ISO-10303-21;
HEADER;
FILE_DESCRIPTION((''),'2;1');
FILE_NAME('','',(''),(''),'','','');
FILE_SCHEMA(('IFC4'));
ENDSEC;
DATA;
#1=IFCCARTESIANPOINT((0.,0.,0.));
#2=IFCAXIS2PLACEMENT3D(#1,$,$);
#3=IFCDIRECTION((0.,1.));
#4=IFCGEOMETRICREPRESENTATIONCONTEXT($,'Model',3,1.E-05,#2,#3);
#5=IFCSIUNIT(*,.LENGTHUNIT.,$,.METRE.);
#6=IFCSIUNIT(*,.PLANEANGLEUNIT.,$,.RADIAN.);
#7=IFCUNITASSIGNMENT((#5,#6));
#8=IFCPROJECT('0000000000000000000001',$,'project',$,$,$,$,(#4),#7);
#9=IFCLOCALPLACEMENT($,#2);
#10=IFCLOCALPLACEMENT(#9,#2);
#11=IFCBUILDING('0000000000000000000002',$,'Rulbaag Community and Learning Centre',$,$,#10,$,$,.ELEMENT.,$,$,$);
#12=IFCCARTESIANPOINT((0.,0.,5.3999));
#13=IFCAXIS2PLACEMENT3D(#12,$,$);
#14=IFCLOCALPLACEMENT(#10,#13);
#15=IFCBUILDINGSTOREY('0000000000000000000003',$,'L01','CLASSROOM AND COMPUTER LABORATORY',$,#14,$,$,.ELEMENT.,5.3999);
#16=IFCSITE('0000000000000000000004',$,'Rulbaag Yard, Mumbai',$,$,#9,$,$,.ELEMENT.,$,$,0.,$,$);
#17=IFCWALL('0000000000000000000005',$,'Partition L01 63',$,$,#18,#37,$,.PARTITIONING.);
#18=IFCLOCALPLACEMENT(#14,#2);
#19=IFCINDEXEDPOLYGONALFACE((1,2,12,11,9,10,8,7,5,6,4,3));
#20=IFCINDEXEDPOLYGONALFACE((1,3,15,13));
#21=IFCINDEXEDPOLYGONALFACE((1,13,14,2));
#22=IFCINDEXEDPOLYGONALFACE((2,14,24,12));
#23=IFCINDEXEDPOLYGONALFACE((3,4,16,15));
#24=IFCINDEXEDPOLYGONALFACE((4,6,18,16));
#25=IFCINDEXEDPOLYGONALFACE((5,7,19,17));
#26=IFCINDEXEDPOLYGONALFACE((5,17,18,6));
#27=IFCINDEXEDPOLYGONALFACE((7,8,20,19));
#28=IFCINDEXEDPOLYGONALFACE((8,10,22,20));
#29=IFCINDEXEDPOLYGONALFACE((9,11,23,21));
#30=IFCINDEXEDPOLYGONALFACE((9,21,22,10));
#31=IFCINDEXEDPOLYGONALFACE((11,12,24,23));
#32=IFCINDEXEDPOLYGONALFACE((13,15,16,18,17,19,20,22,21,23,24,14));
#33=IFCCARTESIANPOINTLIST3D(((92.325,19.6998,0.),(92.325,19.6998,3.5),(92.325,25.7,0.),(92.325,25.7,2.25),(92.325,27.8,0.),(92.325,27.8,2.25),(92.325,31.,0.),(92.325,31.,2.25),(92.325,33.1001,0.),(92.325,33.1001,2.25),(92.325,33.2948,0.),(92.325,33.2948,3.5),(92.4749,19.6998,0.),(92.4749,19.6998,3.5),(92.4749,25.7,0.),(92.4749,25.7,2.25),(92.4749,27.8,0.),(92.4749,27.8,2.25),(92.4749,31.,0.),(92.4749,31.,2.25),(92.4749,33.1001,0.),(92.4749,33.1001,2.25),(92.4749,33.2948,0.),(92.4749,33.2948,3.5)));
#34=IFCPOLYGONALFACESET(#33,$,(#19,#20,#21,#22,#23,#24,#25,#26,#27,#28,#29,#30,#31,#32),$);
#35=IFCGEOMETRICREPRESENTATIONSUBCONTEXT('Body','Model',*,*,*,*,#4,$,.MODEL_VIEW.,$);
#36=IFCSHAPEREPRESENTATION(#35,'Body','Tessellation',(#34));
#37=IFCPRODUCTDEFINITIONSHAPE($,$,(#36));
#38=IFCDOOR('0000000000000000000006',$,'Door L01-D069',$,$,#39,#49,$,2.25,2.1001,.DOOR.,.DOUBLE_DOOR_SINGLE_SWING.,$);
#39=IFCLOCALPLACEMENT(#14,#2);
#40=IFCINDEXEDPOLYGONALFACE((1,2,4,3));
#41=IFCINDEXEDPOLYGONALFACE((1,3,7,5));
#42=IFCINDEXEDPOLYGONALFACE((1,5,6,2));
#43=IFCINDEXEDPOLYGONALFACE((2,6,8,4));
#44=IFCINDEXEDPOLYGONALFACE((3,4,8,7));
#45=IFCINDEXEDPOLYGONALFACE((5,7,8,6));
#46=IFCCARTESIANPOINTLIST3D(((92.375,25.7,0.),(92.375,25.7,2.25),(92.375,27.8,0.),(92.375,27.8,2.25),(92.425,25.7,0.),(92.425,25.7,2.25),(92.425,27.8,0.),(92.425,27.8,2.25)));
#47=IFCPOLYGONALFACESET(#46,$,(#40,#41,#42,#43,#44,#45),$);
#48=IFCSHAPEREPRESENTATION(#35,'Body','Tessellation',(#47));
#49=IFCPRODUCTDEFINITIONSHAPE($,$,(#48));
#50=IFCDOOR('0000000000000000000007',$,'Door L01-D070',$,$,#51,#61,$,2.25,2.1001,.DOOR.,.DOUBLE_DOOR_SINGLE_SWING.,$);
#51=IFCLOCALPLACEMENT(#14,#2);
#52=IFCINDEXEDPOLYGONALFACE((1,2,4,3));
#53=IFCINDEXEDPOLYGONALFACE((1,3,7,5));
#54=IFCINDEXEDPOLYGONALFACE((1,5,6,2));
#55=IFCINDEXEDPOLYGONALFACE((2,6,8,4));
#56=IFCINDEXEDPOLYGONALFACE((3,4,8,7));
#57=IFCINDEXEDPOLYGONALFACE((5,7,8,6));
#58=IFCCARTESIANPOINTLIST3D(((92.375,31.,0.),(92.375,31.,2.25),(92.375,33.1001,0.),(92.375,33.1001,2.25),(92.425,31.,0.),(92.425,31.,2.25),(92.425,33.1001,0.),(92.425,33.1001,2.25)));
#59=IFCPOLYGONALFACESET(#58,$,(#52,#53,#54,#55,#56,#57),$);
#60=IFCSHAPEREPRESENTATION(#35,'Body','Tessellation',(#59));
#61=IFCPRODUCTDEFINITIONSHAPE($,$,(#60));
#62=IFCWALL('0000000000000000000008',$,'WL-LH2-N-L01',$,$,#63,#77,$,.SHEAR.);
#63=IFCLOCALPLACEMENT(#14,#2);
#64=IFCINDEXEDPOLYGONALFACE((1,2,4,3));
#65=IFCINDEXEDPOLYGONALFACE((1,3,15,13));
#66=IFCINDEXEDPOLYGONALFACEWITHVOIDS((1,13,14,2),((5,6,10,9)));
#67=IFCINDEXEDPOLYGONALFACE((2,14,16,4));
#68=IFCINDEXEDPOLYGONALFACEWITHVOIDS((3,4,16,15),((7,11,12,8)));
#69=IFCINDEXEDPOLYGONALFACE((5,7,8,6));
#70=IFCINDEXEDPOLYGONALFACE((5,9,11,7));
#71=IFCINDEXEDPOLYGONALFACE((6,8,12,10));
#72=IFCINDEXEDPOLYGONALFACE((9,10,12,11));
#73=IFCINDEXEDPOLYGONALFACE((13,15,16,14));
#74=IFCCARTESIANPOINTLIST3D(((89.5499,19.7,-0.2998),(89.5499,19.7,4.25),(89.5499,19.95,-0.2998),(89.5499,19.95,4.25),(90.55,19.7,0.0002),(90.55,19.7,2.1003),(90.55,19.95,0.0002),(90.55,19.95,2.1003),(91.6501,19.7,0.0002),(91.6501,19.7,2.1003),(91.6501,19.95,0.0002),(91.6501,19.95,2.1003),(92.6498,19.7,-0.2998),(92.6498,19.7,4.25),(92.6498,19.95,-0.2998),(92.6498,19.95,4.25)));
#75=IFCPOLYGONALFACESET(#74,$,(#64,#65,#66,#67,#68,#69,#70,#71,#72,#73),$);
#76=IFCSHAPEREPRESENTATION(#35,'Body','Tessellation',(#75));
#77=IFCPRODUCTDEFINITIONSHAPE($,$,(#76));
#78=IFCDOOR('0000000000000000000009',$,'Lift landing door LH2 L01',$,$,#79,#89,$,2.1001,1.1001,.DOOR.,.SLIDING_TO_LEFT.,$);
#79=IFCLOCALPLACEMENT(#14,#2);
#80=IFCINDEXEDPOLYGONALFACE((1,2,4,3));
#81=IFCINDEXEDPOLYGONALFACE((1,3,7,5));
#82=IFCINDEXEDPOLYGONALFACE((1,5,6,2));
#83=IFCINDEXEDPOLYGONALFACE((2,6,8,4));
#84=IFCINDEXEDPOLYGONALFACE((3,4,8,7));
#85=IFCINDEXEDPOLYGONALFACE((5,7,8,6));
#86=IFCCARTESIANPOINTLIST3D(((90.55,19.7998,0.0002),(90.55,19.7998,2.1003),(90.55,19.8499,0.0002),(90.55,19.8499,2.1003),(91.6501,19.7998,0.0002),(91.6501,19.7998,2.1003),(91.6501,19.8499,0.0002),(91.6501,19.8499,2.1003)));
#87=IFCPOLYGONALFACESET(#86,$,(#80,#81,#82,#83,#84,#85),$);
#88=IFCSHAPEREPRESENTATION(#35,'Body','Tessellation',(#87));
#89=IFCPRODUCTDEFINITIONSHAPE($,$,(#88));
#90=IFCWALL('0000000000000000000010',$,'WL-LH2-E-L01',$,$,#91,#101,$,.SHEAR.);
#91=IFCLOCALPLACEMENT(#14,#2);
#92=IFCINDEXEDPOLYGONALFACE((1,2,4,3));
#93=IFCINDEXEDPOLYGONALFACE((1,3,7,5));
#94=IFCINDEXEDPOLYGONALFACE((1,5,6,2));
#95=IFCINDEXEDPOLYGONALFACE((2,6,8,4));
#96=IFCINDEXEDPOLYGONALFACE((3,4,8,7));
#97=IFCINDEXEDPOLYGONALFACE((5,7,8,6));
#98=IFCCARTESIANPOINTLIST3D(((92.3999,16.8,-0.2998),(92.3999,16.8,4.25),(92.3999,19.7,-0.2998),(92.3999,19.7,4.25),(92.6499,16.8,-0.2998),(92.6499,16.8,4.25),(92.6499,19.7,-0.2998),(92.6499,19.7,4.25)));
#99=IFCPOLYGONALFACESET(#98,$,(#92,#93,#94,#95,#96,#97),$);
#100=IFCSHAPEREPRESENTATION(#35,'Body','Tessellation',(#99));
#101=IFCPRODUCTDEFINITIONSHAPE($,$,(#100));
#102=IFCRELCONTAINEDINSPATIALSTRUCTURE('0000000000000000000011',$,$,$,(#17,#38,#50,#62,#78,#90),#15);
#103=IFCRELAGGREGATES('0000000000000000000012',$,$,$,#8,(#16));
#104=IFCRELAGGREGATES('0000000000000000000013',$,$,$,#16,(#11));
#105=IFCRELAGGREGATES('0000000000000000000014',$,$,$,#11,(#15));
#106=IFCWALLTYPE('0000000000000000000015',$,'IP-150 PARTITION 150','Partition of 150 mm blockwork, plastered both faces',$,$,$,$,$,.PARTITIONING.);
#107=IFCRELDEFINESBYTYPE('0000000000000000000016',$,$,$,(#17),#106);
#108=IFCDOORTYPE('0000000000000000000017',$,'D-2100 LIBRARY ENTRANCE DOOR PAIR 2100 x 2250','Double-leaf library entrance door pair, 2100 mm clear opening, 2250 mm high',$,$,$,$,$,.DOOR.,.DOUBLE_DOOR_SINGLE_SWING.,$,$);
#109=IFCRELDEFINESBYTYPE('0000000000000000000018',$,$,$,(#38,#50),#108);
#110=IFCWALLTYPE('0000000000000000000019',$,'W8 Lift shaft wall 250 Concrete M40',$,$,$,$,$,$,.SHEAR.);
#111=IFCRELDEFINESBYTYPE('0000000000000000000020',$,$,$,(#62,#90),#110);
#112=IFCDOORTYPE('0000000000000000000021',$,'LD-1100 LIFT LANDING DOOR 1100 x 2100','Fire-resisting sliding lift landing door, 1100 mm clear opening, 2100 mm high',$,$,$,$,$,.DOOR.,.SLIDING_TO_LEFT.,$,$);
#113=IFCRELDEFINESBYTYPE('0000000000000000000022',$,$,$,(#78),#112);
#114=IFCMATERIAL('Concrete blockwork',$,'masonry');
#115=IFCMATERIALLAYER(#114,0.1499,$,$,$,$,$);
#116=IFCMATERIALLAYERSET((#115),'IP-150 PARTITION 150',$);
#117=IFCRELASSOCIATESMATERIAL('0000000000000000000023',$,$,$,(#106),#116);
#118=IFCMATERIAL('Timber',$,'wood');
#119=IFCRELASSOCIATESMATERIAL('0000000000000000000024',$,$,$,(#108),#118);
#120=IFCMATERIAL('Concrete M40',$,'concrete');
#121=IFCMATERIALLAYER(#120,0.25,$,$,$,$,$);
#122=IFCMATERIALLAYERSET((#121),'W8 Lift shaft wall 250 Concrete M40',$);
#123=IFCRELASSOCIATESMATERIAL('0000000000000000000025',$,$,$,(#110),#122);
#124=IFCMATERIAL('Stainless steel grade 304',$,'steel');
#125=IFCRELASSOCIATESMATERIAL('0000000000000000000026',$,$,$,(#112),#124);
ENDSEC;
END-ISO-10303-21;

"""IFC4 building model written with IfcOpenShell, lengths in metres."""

from ifc_helpers import new_model, si_unit, direction, frame, frame_2d, origin, place, context, subcontext, project, spatial, rectangle, extrude, material, layer, layer_set, type_object, element, fill, save


model = new_model("IFC4")

# Units and contexts
model_context = context("Model", 3, precision=1e-05, world=origin(), true_north=direction((0.0, 1.0)))
body_context = subcontext(model_context, "Body", "Model", "MODEL_VIEW")
ifc_project = project(units=[si_unit("LENGTHUNIT", "METRE"), si_unit("PLANEANGLEUNIT", "RADIAN")], contexts=[model_context])

# Site, building, storey
site_placement = place(None, origin())
site = spatial("IfcSite", under=ifc_project, at=site_placement, Name="Rulbaag Yard, Mumbai", CompositionType="ELEMENT", RefElevation=0.0)
building_placement = place(site_placement, origin())
building = spatial("IfcBuilding", under=site, at=building_placement, Name="Rulbaag Community and Learning Centre", CompositionType="ELEMENT")
storey_placement = place(building_placement, frame((0.0, 0.0, 5.3999)))
storey = spatial("IfcBuildingStorey", under=building, at=storey_placement, Name="L01", Description="CLASSROOM AND COMPUTER LABORATORY", CompositionType="ELEMENT", Elevation=5.3999)

# Shared definitions
ifc_material_1 = material(Name="Concrete M40", Category="concrete")

# Shared definitions
ifc_material_2 = material(Name="Concrete blockwork", Category="masonry")

# Shared definitions
ifc_layer_1 = layer(ifc_material_2, 0.1499)
ifc_layer_set_1 = layer_set([ifc_layer_1], Name="IP-150 PARTITION 150")
wall_type_1 = type_object("IfcWallType", Name="IP-150 PARTITION 150", Description="Partition of 150 mm blockwork, plastered both faces", PredefinedType="PARTITIONING", material=ifc_layer_set_1)

# Shared definitions
ifc_material_3 = material(Name="Timber", Category="wood")

# Wall, openings, doors
wall_1_placement = place(storey_placement, frame((92.3999, 19.7, 0.0), z_axis=(0.0, 0.0, 1.0), x_axis=(0.0, 1.0, 0.0)))
wall_1 = element("IfcWall", 1, at=wall_1_placement, inside=storey, type_object=wall_type_1, Name="Partition L01 63", PredefinedType="PARTITIONING", context=body_context, shape_type="SweptSolid", body=[
    extrude(rectangle(XDim=13.595, YDim=0.1499, at=frame_2d((6.7974, 0.0))), origin(), (0.0, 0.0, 1.0), 3.5),
])
opening_1_placement = place(wall_1_placement, frame((6.0, 0.0, 0.0)))
opening_1 = element("IfcOpeningElement", 2, at=opening_1_placement, cuts=wall_1, PredefinedType="OPENING", context=body_context, shape_type="SweptSolid", body=[
    extrude(rectangle(XDim=2.1001, YDim=2.25, at=frame_2d((1.05, 1.125))), frame((0.0, 0.085, 0.0), z_axis=(0.0, -1.0, 0.0), x_axis=(1.0, 0.0, 0.0)), (0.0, 0.0, 1.0), 0.1699),
])
opening_2_placement = place(wall_1_placement, frame((11.3, 0.0, 0.0)))
opening_2 = element("IfcOpeningElement", 3, at=opening_2_placement, cuts=wall_1, PredefinedType="OPENING", context=body_context, shape_type="SweptSolid", body=[
    extrude(rectangle(XDim=2.1001, YDim=2.25, at=frame_2d((1.05, 1.125))), frame((0.0, 0.085, 0.0), z_axis=(0.0, -1.0, 0.0), x_axis=(1.0, 0.0, 0.0)), (0.0, 0.0, 1.0), 0.1699),
])
door_type_1 = type_object("IfcDoorType", Name="D-2100 LIBRARY ENTRANCE DOOR PAIR 2100 x 2250", Description="Double-leaf library entrance door pair, 2100 mm clear opening, 2250 mm high", OperationType="DOUBLE_DOOR_SINGLE_SWING", PredefinedType="DOOR", material=ifc_material_3)
door_1_placement = place(opening_1_placement, origin())
door_1 = element("IfcDoor", 4, at=door_1_placement, inside=storey, type_object=door_type_1, Name="Door L01-D069", OperationType="DOUBLE_DOOR_SINGLE_SWING", OverallHeight=2.25, OverallWidth=2.1001, PredefinedType="DOOR", context=body_context, shape_type="SweptSolid", body=[
    extrude(rectangle(XDim=2.1001, YDim=2.25, at=frame_2d((1.05, 1.125))), frame((0.0, 0.0249, 0.0), z_axis=(0.0, -1.0, 0.0), x_axis=(1.0, 0.0, 0.0)), (0.0, 0.0, 1.0), 0.05),
])
fill(opening_1, door_1)
door_2_placement = place(opening_2_placement, origin())
door_2 = element("IfcDoor", 5, at=door_2_placement, inside=storey, type_object=door_type_1, Name="Door L01-D070", OperationType="DOUBLE_DOOR_SINGLE_SWING", OverallHeight=2.25, OverallWidth=2.1001, PredefinedType="DOOR", context=body_context, shape_type="SweptSolid", body=[
    extrude(rectangle(XDim=2.1001, YDim=2.25, at=frame_2d((1.05, 1.125))), frame((0.0, 0.0249, 0.0), z_axis=(0.0, -1.0, 0.0), x_axis=(1.0, 0.0, 0.0)), (0.0, 0.0, 1.0), 0.05),
])
fill(opening_2, door_2)

# Wall, opening, door
ifc_layer_2 = layer(ifc_material_1, 0.25)
ifc_layer_set_2 = layer_set([ifc_layer_2], Name="W8 Lift shaft wall 250 Concrete M40")
wall_type_2 = type_object("IfcWallType", Name="W8 Lift shaft wall 250 Concrete M40", PredefinedType="SHEAR", material=ifc_layer_set_2)
wall_2_placement = place(storey_placement, frame((89.55, 19.825, -0.2998), z_axis=(0.0, 0.0, 1.0), x_axis=(1.0, 0.0, 0.0)))
wall_2 = element("IfcWall", 6, at=wall_2_placement, inside=storey, type_object=wall_type_2, Name="WL-LH2-N-L01", PredefinedType="SHEAR", context=body_context, shape_type="SweptSolid", body=[
    extrude(rectangle(XDim=3.0999, YDim=0.25, at=frame_2d((1.5498, 0.0))), origin(), (0.0, 0.0, 1.0), 4.5498),
])
opening_3_placement = place(wall_2_placement, frame((1.0, 0.0, 0.3)))
opening_3 = element("IfcOpeningElement", 7, at=opening_3_placement, cuts=wall_2, PredefinedType="OPENING", context=body_context, shape_type="SweptSolid", body=[
    extrude(rectangle(XDim=1.1001, YDim=2.1001, at=frame_2d((0.55, 1.05))), frame((0.0, 0.135, 0.0), z_axis=(0.0, -1.0, 0.0), x_axis=(1.0, 0.0, 0.0)), (0.0, 0.0, 1.0), 0.27),
])
ifc_material_4 = material(Name="Stainless steel grade 304", Category="steel")
door_type_2 = type_object("IfcDoorType", Name="LD-1100 LIFT LANDING DOOR 1100 x 2100", Description="Fire-resisting sliding lift landing door, 1100 mm clear opening, 2100 mm high", OperationType="SLIDING_TO_LEFT", PredefinedType="DOOR", material=ifc_material_4)
door_3_placement = place(opening_3_placement, origin())
door_3 = element("IfcDoor", 8, at=door_3_placement, inside=storey, type_object=door_type_2, Name="Lift landing door LH2 L01", OperationType="SLIDING_TO_LEFT", OverallHeight=2.1001, OverallWidth=1.1001, PredefinedType="DOOR", context=body_context, shape_type="SweptSolid", body=[
    extrude(rectangle(XDim=1.1001, YDim=2.1001, at=frame_2d((0.55, 1.05))), frame((0.0, 0.0249, 0.0), z_axis=(0.0, -1.0, 0.0), x_axis=(1.0, 0.0, 0.0)), (0.0, 0.0, 1.0), 0.05),
])
fill(opening_3, door_3)

# Wall
wall_3_placement = place(storey_placement, frame((92.5249, 16.8, -0.2998), z_axis=(0.0, 0.0, 1.0), x_axis=(0.0, 1.0, 0.0)))
element("IfcWall", 9, at=wall_3_placement, inside=storey, type_object=wall_type_2, Name="WL-LH2-E-L01", PredefinedType="SHEAR", context=body_context, shape_type="SweptSolid", body=[
    extrude(rectangle(XDim=2.8999, YDim=0.25, at=frame_2d((1.45, 0.0))), origin(), (0.0, 0.0, 1.0), 4.5498),
])

save(model, "model.ifc")
